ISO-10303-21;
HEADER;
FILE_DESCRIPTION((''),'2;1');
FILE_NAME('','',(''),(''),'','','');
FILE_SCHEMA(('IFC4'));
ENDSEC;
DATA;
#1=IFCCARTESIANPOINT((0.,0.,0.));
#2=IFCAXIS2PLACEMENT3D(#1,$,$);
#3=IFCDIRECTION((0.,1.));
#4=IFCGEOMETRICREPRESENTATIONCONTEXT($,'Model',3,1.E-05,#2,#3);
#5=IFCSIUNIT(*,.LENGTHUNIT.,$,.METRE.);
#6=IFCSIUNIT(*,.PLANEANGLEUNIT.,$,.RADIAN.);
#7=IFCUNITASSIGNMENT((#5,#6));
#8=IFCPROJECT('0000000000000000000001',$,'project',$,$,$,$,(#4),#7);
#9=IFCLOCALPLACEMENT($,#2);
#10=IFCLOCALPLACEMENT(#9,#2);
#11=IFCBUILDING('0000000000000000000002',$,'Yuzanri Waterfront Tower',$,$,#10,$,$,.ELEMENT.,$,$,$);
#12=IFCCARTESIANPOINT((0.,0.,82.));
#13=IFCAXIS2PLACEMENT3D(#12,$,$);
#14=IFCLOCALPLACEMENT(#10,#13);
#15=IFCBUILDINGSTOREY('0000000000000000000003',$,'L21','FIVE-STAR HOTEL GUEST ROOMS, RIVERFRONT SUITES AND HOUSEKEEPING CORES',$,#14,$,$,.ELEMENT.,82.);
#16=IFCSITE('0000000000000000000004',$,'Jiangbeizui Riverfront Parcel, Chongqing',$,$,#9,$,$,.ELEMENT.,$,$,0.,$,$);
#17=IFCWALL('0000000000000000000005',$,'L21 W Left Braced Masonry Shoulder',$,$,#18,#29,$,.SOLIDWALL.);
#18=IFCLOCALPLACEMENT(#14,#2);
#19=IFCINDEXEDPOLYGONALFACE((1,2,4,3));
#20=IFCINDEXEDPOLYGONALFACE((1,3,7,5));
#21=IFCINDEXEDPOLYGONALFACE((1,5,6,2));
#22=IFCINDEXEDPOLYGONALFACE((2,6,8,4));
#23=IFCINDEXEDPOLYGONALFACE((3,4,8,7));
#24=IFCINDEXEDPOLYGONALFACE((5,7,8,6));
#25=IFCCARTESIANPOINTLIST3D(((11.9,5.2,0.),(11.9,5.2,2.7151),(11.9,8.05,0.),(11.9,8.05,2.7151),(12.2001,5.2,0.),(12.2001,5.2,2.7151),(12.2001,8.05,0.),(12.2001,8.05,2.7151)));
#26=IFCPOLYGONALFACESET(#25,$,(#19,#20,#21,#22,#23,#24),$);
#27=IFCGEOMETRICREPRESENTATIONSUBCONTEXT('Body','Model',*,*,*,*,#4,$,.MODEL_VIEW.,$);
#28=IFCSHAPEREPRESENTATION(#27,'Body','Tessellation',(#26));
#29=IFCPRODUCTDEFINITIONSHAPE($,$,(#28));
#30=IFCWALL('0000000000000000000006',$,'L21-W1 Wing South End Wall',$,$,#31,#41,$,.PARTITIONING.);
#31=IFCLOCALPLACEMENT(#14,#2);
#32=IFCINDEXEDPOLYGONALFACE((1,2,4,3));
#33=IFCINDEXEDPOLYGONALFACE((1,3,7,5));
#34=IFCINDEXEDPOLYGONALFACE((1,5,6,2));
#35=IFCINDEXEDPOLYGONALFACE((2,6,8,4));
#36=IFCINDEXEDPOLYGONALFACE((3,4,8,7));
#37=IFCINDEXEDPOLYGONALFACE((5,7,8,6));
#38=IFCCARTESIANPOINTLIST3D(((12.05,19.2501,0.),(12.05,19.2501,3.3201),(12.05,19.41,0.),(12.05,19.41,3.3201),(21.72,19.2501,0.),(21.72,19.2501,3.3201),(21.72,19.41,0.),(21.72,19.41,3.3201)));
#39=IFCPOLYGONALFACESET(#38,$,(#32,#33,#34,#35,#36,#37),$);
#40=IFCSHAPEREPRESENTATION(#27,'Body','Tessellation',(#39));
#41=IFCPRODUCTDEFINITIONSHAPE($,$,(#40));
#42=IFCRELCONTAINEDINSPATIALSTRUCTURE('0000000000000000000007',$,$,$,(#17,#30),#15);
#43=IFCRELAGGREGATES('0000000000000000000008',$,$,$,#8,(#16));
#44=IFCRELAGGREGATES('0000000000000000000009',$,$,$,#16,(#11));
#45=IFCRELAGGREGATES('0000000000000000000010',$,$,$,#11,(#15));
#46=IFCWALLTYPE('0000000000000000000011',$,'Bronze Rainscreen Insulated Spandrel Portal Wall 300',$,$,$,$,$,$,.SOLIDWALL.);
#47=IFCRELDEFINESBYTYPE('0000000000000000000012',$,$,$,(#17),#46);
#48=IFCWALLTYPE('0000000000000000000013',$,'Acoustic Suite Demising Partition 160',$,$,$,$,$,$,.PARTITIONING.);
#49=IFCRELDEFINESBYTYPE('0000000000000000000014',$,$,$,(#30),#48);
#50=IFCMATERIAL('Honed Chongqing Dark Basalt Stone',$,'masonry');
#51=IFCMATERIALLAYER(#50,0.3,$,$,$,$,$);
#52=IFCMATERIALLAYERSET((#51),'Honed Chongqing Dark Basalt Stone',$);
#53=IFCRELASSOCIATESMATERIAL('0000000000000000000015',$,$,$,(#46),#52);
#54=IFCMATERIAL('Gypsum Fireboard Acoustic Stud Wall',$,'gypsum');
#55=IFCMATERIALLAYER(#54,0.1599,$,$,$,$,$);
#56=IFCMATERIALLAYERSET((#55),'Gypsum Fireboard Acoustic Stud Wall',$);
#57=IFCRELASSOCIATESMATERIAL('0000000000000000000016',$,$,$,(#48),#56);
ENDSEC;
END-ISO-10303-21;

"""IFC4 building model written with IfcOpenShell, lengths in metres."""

from ifc_helpers import new_model, si_unit, direction, frame, frame_2d, origin, place, context, subcontext, project, spatial, rectangle, extrude, source, transform, mapped, material, layer, layer_set, type_object, element, save


model = new_model("IFC4")

# Units and contexts
model_context = context("Model", 3, precision=1e-05, world=origin(), true_north=direction((0.0, 1.0)))
body_context = subcontext(model_context, "Body", "Model", "MODEL_VIEW")
ifc_project = project(units=[si_unit("LENGTHUNIT", "METRE"), si_unit("PLANEANGLEUNIT", "RADIAN")], contexts=[model_context])

# Site, building, storey
site_placement = place(None, origin())
site = spatial("IfcSite", under=ifc_project, at=site_placement, Name="Jiangbeizui Riverfront Parcel, Chongqing", CompositionType="ELEMENT", RefElevation=0.0)
building_placement = place(site_placement, origin())
building = spatial("IfcBuilding", under=site, at=building_placement, Name="Yuzanri Waterfront Tower", CompositionType="ELEMENT")
storey_placement = place(building_placement, frame((0.0, 0.0, 82.0)))
storey = spatial("IfcBuildingStorey", under=building, at=storey_placement, Name="L21", Description="FIVE-STAR HOTEL GUEST ROOMS, RIVERFRONT SUITES AND HOUSEKEEPING CORES", CompositionType="ELEMENT", Elevation=82.0)

# Walls
ifc_material_1 = material(Name="Honed Chongqing Dark Basalt Stone", Category="masonry")
ifc_layer_1 = layer(ifc_material_1, 0.3)
ifc_layer_set_1 = layer_set([ifc_layer_1], Name="Honed Chongqing Dark Basalt Stone")
wall_type_1 = type_object("IfcWallType", Name="Bronze Rainscreen Insulated Spandrel Portal Wall 300", PredefinedType="SOLIDWALL", material=ifc_layer_set_1)
shared_shape_1 = source(origin(), body_context, "Body", "SweptSolid", [
    extrude(rectangle(XDim=2.8501, YDim=0.3, at=frame_2d((1.425, 0.0))), origin(), (0.0, 0.0, 1.0), 2.7151),
])
wall_1_placement = place(storey_placement, frame((12.05, 5.2, 0.0), z_axis=(0.0, 0.0, 1.0), x_axis=(0.0, 1.0, 0.0)))
element("IfcWall", 1, at=wall_1_placement, inside=storey, type_object=wall_type_1, Name="L21 W Left Braced Masonry Shoulder", PredefinedType="SOLIDWALL", context=body_context, shape_type="MappedRepresentation", body=[
    mapped(shared_shape_1, transform((0.0, 0.0, 0.0), scale=1.0)),
])
ifc_material_2 = material(Name="Gypsum Fireboard Acoustic Stud Wall", Category="gypsum")
ifc_layer_2 = layer(ifc_material_2, 0.1599)
ifc_layer_set_2 = layer_set([ifc_layer_2], Name="Gypsum Fireboard Acoustic Stud Wall")
wall_type_2 = type_object("IfcWallType", Name="Acoustic Suite Demising Partition 160", PredefinedType="PARTITIONING", material=ifc_layer_set_2)
shared_shape_2 = source(origin(), body_context, "Body", "SweptSolid", [
    extrude(rectangle(XDim=9.6699, YDim=0.1599, at=frame_2d((4.835, 0.0))), origin(), (0.0, 0.0, 1.0), 3.3201),
])
wall_2_placement = place(storey_placement, frame((12.05, 19.3301, 0.0), z_axis=(0.0, 0.0, 1.0), x_axis=(1.0, 0.0, 0.0)))
element("IfcWall", 2, at=wall_2_placement, inside=storey, type_object=wall_type_2, Name="L21-W1 Wing South End Wall", PredefinedType="PARTITIONING", context=body_context, shape_type="MappedRepresentation", body=[
    mapped(shared_shape_2, transform((0.0, 0.0, 0.0), scale=1.0)),
])

save(model, "model.ifc")
